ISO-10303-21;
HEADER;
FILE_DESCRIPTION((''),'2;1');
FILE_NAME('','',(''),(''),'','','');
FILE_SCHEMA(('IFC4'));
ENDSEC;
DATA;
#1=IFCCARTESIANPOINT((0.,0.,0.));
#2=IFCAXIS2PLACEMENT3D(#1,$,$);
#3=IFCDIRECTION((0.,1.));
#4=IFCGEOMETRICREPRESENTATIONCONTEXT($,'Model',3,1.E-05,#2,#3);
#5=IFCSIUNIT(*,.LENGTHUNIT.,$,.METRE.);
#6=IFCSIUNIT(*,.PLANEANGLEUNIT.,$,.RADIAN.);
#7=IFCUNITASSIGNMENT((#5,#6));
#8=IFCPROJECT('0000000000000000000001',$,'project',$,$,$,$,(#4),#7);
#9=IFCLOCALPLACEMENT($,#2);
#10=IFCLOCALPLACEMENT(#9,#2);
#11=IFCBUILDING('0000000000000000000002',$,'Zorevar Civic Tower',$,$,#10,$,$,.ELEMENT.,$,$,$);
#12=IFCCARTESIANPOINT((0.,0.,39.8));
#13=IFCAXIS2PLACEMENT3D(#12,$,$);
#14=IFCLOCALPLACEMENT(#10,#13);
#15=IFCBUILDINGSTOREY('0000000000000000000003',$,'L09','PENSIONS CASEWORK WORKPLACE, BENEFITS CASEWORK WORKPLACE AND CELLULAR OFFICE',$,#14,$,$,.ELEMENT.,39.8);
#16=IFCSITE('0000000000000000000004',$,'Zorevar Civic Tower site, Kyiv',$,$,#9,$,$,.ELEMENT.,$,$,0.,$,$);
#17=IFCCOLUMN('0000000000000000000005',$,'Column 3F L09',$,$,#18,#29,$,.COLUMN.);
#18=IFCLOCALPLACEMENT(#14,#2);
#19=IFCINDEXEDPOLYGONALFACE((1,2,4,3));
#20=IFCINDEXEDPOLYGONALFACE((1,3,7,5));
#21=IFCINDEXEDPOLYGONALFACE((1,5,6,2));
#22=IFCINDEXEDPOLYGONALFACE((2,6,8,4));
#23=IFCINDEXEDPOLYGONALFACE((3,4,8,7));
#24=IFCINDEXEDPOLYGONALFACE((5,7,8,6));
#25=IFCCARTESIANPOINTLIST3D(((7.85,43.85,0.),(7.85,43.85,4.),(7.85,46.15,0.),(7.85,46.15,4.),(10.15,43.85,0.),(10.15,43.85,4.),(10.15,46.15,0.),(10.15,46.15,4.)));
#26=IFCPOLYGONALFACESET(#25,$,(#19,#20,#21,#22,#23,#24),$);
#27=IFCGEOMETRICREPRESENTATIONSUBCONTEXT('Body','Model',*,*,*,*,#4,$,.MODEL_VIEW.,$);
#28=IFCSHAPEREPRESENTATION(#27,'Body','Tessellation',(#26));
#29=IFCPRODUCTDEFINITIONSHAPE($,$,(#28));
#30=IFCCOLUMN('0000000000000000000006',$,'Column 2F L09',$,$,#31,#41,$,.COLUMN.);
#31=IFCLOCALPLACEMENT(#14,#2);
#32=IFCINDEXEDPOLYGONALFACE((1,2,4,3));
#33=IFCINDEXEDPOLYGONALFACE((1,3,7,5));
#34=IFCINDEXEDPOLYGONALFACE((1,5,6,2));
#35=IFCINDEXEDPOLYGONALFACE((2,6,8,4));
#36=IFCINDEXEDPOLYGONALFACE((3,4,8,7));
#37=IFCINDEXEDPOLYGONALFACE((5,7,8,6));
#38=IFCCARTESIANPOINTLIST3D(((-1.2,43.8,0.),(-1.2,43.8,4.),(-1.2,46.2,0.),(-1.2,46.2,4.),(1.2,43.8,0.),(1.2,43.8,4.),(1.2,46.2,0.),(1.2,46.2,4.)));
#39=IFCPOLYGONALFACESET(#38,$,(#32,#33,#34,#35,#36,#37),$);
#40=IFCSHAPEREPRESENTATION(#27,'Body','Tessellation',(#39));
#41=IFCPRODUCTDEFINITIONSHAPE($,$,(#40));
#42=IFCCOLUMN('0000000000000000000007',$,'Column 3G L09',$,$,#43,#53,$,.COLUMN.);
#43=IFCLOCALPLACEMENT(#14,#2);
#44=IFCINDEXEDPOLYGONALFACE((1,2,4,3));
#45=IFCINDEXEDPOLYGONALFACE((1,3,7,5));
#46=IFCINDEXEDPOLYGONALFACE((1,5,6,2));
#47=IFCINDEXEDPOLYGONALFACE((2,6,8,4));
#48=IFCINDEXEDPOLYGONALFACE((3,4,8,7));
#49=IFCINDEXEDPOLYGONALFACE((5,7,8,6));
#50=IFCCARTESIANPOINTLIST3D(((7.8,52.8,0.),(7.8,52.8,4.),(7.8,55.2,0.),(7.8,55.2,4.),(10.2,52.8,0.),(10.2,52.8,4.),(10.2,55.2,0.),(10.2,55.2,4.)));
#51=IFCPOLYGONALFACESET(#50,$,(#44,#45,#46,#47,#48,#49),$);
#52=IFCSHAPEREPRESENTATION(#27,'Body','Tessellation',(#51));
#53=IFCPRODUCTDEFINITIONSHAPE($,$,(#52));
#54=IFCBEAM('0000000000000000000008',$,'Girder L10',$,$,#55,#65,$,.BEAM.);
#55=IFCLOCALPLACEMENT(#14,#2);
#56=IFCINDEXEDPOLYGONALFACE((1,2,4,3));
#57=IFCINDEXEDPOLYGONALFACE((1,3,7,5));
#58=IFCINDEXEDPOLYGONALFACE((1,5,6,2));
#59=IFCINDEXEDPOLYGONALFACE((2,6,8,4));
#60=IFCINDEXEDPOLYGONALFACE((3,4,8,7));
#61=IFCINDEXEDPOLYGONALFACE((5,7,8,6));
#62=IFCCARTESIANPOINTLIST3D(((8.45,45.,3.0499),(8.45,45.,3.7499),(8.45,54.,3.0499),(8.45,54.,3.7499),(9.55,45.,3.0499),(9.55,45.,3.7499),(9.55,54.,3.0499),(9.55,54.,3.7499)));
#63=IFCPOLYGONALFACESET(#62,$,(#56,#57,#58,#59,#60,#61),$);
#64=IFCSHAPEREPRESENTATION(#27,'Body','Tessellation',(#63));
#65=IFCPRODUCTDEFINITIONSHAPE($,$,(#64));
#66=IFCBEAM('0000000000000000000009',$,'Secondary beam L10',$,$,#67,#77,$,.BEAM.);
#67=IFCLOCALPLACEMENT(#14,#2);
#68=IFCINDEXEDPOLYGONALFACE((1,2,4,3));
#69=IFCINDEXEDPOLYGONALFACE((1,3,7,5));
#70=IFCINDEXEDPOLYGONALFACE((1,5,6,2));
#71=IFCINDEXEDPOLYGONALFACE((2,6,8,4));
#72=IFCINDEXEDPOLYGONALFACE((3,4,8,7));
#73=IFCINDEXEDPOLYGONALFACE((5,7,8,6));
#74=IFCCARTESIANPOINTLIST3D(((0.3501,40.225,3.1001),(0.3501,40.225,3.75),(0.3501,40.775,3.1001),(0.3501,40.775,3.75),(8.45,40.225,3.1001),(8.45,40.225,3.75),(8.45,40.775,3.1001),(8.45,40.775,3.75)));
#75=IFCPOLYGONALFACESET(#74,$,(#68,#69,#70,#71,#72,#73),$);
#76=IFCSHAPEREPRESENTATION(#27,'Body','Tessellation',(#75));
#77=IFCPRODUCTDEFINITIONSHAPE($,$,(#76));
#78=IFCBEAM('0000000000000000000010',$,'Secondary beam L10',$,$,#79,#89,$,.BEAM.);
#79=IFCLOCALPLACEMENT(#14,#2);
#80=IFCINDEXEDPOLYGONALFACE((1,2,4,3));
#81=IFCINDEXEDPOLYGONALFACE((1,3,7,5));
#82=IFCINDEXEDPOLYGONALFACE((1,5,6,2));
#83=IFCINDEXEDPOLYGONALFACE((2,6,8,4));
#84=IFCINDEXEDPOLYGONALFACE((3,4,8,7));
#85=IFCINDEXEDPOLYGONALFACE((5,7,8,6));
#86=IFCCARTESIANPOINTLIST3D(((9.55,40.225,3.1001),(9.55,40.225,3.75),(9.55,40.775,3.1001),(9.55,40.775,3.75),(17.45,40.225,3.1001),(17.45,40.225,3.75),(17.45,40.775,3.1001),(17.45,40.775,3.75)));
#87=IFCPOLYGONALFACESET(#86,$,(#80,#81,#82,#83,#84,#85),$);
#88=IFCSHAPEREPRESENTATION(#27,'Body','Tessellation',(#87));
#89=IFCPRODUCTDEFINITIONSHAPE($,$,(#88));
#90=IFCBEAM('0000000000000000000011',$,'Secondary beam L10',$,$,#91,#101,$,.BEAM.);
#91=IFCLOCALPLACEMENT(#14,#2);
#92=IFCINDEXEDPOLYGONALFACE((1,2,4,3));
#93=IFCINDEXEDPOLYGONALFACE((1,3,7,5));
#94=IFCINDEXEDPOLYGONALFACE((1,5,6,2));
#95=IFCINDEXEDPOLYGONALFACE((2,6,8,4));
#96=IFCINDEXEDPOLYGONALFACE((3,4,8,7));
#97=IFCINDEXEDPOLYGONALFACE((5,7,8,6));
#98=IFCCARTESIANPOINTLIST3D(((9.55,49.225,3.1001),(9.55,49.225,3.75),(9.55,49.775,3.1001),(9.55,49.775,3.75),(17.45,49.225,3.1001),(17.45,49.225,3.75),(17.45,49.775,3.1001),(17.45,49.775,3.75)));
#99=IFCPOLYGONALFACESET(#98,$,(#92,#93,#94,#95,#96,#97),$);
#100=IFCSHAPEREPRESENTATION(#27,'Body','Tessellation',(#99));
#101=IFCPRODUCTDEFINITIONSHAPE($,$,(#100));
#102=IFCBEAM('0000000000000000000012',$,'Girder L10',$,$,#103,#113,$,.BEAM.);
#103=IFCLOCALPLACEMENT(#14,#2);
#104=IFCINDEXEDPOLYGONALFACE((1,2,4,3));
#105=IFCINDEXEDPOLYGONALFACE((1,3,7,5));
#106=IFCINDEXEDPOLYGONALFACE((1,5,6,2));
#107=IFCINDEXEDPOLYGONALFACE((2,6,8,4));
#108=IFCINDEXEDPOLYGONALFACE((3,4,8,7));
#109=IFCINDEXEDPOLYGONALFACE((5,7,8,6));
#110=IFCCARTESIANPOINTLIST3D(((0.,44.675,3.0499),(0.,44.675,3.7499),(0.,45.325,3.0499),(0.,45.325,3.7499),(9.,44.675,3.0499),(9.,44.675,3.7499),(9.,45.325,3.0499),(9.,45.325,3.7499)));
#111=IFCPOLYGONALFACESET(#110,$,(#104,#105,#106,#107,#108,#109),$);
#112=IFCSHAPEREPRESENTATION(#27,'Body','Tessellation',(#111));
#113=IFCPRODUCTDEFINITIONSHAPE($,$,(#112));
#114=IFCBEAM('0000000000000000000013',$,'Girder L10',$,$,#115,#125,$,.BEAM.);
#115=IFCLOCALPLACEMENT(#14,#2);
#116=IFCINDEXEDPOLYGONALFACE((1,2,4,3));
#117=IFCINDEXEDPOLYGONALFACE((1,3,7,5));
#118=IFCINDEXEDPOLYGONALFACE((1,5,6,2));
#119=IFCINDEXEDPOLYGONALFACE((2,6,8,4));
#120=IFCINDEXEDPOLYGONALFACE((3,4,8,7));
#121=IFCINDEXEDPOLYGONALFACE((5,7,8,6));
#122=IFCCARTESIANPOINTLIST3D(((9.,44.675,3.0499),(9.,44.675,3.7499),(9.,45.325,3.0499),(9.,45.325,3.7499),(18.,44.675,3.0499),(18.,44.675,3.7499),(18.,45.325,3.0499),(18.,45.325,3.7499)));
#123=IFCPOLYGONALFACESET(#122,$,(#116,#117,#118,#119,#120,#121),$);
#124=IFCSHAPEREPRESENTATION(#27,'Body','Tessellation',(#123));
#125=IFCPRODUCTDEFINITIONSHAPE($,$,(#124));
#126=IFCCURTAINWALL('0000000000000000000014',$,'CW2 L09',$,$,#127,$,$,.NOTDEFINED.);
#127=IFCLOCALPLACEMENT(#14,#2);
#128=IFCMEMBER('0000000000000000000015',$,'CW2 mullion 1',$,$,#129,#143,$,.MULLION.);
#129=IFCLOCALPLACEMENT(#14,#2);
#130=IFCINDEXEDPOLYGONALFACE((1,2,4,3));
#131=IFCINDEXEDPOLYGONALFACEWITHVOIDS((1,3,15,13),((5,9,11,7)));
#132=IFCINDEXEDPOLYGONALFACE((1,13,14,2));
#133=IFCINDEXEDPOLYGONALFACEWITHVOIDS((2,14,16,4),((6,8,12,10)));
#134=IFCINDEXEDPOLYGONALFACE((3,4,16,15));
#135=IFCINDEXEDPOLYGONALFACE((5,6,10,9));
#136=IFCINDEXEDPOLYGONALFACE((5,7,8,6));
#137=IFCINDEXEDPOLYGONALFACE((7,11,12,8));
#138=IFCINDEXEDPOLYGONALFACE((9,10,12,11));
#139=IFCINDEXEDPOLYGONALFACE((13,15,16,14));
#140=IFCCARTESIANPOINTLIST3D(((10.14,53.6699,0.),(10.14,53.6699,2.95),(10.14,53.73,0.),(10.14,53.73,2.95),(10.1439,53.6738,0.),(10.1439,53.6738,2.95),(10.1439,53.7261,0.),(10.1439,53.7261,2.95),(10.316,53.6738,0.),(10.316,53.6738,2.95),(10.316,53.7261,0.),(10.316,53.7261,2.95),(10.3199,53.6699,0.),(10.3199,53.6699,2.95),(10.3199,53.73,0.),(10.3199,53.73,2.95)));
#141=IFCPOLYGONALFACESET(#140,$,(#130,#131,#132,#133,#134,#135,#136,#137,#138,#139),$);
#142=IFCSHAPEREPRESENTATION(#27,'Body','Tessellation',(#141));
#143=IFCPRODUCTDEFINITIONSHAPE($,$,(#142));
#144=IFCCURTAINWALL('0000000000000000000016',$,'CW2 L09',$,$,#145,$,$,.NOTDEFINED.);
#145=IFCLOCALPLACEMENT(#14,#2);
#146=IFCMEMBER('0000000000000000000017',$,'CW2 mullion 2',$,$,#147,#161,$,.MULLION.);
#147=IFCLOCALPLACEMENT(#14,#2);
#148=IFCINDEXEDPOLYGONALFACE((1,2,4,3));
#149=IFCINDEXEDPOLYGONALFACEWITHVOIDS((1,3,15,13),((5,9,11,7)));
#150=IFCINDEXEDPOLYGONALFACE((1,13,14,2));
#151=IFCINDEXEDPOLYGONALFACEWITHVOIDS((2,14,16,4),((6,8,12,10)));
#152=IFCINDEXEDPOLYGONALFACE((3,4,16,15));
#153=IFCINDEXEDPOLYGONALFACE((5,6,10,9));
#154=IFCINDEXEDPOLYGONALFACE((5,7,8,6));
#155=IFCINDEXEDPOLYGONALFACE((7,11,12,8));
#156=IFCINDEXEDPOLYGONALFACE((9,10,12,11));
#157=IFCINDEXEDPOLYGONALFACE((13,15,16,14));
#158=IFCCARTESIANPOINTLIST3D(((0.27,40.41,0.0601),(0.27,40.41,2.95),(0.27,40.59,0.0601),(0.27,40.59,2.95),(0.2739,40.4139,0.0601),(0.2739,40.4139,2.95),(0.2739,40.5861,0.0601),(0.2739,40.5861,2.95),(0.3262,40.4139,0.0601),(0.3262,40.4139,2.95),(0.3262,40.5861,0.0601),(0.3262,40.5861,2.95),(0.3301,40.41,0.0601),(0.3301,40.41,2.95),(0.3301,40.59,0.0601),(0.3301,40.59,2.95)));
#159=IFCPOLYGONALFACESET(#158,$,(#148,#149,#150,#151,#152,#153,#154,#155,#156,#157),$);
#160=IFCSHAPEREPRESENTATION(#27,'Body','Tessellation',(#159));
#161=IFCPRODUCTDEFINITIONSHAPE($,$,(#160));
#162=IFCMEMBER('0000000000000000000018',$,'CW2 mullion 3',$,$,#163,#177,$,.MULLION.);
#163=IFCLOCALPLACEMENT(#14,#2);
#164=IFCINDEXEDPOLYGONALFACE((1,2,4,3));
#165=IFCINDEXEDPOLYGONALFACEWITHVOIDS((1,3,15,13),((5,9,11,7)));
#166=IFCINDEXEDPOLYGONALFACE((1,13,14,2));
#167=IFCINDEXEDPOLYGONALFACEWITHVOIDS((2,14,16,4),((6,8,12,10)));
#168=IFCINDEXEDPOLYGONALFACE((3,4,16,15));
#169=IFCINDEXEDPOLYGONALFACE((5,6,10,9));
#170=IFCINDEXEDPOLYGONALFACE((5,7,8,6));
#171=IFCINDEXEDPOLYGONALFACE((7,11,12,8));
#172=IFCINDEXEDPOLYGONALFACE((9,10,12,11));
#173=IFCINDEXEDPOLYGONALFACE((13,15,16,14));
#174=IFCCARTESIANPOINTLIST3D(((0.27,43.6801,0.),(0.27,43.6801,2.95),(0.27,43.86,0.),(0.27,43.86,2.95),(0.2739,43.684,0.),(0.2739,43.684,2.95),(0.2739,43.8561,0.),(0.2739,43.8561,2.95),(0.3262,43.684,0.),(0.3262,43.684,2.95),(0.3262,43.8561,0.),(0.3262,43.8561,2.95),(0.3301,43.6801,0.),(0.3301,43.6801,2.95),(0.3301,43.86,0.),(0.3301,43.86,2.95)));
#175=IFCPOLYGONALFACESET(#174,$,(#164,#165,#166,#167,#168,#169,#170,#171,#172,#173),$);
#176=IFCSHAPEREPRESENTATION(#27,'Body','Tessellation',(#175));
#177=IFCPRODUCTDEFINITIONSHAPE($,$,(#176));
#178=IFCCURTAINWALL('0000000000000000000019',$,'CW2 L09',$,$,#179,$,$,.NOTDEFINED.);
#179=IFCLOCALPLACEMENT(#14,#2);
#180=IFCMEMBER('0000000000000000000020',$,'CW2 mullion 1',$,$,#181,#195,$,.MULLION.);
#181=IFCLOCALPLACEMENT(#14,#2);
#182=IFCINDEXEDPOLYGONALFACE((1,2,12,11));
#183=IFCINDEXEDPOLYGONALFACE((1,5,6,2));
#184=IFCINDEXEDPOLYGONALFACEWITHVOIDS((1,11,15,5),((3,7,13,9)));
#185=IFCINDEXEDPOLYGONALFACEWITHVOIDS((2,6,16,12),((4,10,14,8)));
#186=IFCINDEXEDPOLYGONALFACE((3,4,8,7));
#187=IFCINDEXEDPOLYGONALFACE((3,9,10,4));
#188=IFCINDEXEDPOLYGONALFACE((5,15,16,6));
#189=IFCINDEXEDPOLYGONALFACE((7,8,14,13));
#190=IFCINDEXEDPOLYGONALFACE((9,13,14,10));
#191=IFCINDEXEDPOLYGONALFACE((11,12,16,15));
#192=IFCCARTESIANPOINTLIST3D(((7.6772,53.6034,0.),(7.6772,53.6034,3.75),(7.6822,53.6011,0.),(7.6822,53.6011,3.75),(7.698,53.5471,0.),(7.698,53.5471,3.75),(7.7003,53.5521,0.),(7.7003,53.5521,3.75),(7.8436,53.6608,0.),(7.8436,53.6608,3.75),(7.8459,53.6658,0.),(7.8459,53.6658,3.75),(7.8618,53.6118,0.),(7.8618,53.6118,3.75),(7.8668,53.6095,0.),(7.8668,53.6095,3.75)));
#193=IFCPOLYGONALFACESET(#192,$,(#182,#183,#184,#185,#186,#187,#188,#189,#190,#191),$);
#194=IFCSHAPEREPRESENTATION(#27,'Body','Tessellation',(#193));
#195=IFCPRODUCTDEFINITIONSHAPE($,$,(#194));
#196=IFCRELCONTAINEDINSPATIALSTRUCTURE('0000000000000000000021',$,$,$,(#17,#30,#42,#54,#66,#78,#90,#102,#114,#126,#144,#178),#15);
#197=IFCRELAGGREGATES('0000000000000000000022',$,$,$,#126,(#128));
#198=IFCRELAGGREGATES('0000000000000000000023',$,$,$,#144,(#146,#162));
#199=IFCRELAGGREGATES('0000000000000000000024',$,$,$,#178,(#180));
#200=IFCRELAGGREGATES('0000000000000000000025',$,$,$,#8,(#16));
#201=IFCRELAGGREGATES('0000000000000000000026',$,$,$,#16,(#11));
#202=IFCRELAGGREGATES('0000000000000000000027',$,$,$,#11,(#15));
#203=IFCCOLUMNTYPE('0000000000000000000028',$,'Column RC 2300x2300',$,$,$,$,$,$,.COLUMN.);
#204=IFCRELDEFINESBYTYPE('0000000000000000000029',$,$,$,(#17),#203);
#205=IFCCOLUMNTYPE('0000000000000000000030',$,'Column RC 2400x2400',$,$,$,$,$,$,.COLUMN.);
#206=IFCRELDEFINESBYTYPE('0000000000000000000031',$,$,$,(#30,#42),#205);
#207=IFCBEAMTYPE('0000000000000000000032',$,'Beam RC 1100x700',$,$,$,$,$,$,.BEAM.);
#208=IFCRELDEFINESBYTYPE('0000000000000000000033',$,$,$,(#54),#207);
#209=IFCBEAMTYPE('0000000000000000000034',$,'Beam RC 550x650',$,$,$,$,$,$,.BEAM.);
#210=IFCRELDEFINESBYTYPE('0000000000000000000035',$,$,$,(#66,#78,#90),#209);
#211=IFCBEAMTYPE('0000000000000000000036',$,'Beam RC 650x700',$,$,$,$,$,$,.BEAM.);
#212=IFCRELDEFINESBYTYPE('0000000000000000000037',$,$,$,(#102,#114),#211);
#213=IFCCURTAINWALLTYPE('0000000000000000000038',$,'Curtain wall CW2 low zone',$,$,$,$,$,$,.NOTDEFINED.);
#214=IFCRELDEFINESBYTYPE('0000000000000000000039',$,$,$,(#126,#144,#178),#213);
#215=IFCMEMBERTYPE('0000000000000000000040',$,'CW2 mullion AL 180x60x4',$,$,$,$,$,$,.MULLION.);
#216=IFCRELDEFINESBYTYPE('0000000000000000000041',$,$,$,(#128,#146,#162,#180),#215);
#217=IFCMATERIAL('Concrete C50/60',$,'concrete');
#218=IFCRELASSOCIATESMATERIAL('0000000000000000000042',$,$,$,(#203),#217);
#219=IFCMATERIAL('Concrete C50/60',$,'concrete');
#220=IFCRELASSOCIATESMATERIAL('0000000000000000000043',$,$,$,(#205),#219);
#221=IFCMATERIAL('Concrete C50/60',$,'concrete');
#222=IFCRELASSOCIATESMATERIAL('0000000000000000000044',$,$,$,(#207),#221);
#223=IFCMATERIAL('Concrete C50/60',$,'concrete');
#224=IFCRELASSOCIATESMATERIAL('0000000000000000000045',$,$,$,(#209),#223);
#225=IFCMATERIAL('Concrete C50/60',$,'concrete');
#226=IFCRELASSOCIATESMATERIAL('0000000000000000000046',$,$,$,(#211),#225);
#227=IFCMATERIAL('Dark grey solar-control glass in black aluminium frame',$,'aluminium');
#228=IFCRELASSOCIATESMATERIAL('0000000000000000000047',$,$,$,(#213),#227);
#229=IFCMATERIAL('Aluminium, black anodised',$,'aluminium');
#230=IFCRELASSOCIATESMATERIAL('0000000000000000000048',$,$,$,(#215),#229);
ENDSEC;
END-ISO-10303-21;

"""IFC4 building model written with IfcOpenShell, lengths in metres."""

from ifc_helpers import new_model, si_unit, direction, frame, origin, origin_2d, place, context, subcontext, project, spatial, rectangle, hollow_rectangle, extrude, material, material_profile, profile_set, type_object, element, aggregate, save


model = new_model("IFC4")

# Units and contexts
model_context = context("Model", 3, precision=1e-05, world=origin(), true_north=direction((0.0, 1.0)))
body_context = subcontext(model_context, "Body", "Model", "MODEL_VIEW")
ifc_project = project(units=[si_unit("LENGTHUNIT", "METRE"), si_unit("PLANEANGLEUNIT", "RADIAN")], contexts=[model_context])

# Site, building, storey
site_placement = place(None, origin())
site = spatial("IfcSite", under=ifc_project, at=site_placement, Name="Zorevar Civic Tower site, Kyiv", CompositionType="ELEMENT", RefElevation=0.0)
building_placement = place(site_placement, origin())
building = spatial("IfcBuilding", under=site, at=building_placement, Name="Zorevar Civic Tower", CompositionType="ELEMENT")
storey_placement = place(building_placement, frame((0.0, 0.0, 39.8)))
storey = spatial("IfcBuildingStorey", under=building, at=storey_placement, Name="L09", Description="PENSIONS CASEWORK WORKPLACE, BENEFITS CASEWORK WORKPLACE AND CELLULAR OFFICE", CompositionType="ELEMENT", Elevation=39.8)

# Columns
ifc_material_1 = material(Name="Concrete C50/60", Category="concrete")
ifc_material_profile_1 = material_profile(ifc_material_1, rectangle(XDim=2.3, YDim=2.3, at=origin_2d()), Name="RC 2300x2300")
ifc_profile_set_1 = profile_set([ifc_material_profile_1], Name="Concrete C50/60")
column_type_1 = type_object("IfcColumnType", Name="Column RC 2300x2300", PredefinedType="COLUMN", material=ifc_profile_set_1)
column_placement = place(storey_placement, frame((9.0, 45.0, 0.0), z_axis=(0.0, 0.0, 1.0), x_axis=(1.0, 0.0, 0.0)))
element("IfcColumn", 1, at=column_placement, inside=storey, type_object=column_type_1, Name="Column 3F L09", PredefinedType="COLUMN", context=body_context, shape_type="SweptSolid", body=[
    extrude(rectangle(XDim=2.3, YDim=2.3, at=origin_2d()), origin(), (0.0, 0.0, 1.0), 4.0),
])
ifc_material_2 = material(Name="Concrete C50/60", Category="concrete")
ifc_material_profile_2 = material_profile(ifc_material_2, rectangle(XDim=2.3999, YDim=2.3999, at=origin_2d()), Name="RC 2400x2400")
ifc_profile_set_2 = profile_set([ifc_material_profile_2], Name="Concrete C50/60")
column_type_2 = type_object("IfcColumnType", Name="Column RC 2400x2400", PredefinedType="COLUMN", material=ifc_profile_set_2)
for number, where, z_axis, x_axis, name in (
    (2, (0.0, 45.0, 0.0), (0.0, 0.0, 1.0), (1.0, 0.0, 0.0), "Column 2F L09"),
    (3, (9.0, 54.0, 0.0), (0.0, 0.0, 1.0), (1.0, 0.0, 0.0), "Column 3G L09"),
):
    element("IfcColumn", number, at=place(storey_placement, frame(where, z_axis=z_axis, x_axis=x_axis)), inside=storey, type_object=column_type_2, Name=name, PredefinedType="COLUMN", context=body_context, shape_type="SweptSolid", body=[
        extrude(rectangle(XDim=2.3999, YDim=2.3999, at=origin_2d()), origin(), (0.0, 0.0, 1.0), 4.0),
    ])

# Beams
ifc_material_3 = material(Name="Concrete C50/60", Category="concrete")
ifc_material_profile_3 = material_profile(ifc_material_3, rectangle(XDim=1.1001, YDim=0.7, at=origin_2d()), Name="RC 1100x700")
ifc_profile_set_3 = profile_set([ifc_material_profile_3], Name="Concrete C50/60")
beam_type_1 = type_object("IfcBeamType", Name="Beam RC 1100x700", PredefinedType="BEAM", material=ifc_profile_set_3)
beam_1_placement = place(storey_placement, frame((9.0, 45.0, 3.3999), z_axis=(0.0, 1.0, 0.0), x_axis=(-1.0, 0.0, 0.0)))
element("IfcBeam", 4, at=beam_1_placement, inside=storey, type_object=beam_type_1, Name="Girder L10", PredefinedType="BEAM", context=body_context, shape_type="SweptSolid", body=[
    extrude(rectangle(XDim=1.1001, YDim=0.7, at=origin_2d()), origin(), (0.0, 0.0, 1.0), 9.0),
])
ifc_material_4 = material(Name="Concrete C50/60", Category="concrete")
ifc_material_profile_4 = material_profile(ifc_material_4, rectangle(XDim=0.55, YDim=0.6499, at=origin_2d()), Name="RC 550x650")
ifc_profile_set_4 = profile_set([ifc_material_profile_4], Name="Concrete C50/60")
beam_type_2 = type_object("IfcBeamType", Name="Beam RC 550x650", PredefinedType="BEAM", material=ifc_profile_set_4)
beam_2_placement = place(storey_placement, frame((0.3501, 40.5, 3.425), z_axis=(1.0, 0.0, 0.0), x_axis=(0.0, 1.0, 0.0)))
element("IfcBeam", 5, at=beam_2_placement, inside=storey, type_object=beam_type_2, Name="Secondary beam L10", PredefinedType="BEAM", context=body_context, shape_type="SweptSolid", body=[
    extrude(rectangle(XDim=0.55, YDim=0.6499, at=origin_2d()), origin(), (0.0, 0.0, 1.0), 8.0999),
])
for number, where, z_axis, x_axis, name in (
    (6, (9.55, 40.5, 3.425), (1.0, 0.0, 0.0), (0.0, 1.0, 0.0), "Secondary beam L10"),
    (7, (9.55, 49.5, 3.425), (1.0, 0.0, 0.0), (0.0, 1.0, 0.0), "Secondary beam L10"),
):
    element("IfcBeam", number, at=place(storey_placement, frame(where, z_axis=z_axis, x_axis=x_axis)), inside=storey, type_object=beam_type_2, Name=name, PredefinedType="BEAM", context=body_context, shape_type="SweptSolid", body=[
        extrude(rectangle(XDim=0.55, YDim=0.6499, at=origin_2d()), origin(), (0.0, 0.0, 1.0), 7.8999),
    ])
ifc_material_5 = material(Name="Concrete C50/60", Category="concrete")
ifc_material_profile_5 = material_profile(ifc_material_5, rectangle(XDim=0.6499, YDim=0.7, at=origin_2d()), Name="RC 650x700")
ifc_profile_set_5 = profile_set([ifc_material_profile_5], Name="Concrete C50/60")
beam_type_3 = type_object("IfcBeamType", Name="Beam RC 650x700", PredefinedType="BEAM", material=ifc_profile_set_5)
for number, where, z_axis, x_axis, name in (
    (8, (0.0, 45.0, 3.3999), (1.0, 0.0, 0.0), (0.0, 1.0, 0.0), "Girder L10"),
    (9, (9.0, 45.0, 3.3999), (1.0, 0.0, 0.0), (0.0, 1.0, 0.0), "Girder L10"),
):
    element("IfcBeam", number, at=place(storey_placement, frame(where, z_axis=z_axis, x_axis=x_axis)), inside=storey, type_object=beam_type_3, Name=name, PredefinedType="BEAM", context=body_context, shape_type="SweptSolid", body=[
        extrude(rectangle(XDim=0.6499, YDim=0.7, at=origin_2d()), origin(), (0.0, 0.0, 1.0), 9.0),
    ])

# Curtain wall, member
ifc_material_6 = material(Name="Dark grey solar-control glass in black aluminium frame", Category="aluminium")
curtain_wall_type = type_object("IfcCurtainWallType", Name="Curtain wall CW2 low zone", PredefinedType="NOTDEFINED", material=ifc_material_6)
curtain_wall_1_placement = place(storey_placement, origin())
curtain_wall_1 = element("IfcCurtainWall", 10, at=curtain_wall_1_placement, inside=storey, type_object=curtain_wall_type, Name="CW2 L09", PredefinedType="NOTDEFINED")
ifc_material_7 = material(Name="Aluminium, black anodised", Category="aluminium")
ifc_material_profile_6 = material_profile(ifc_material_7, hollow_rectangle(XDim=0.0601, YDim=0.1799, WallThickness=0.0039, at=origin_2d()), Name="AL 180x60x4")
ifc_profile_set_6 = profile_set([ifc_material_profile_6], Name="Aluminium, black anodised")
member_type_1 = type_object("IfcMemberType", Name="CW2 mullion AL 180x60x4", PredefinedType="MULLION", material=ifc_profile_set_6)
member_1_placement = place(storey_placement, frame((10.23, 53.7, 0.0), z_axis=(0.0, 0.0, 1.0), x_axis=(0.0, 1.0, 0.0)))
member_1 = element("IfcMember", 11, at=member_1_placement, type_object=member_type_1, Name="CW2 mullion 1", PredefinedType="MULLION", context=body_context, shape_type="SweptSolid", body=[
    extrude(hollow_rectangle(XDim=0.0601, YDim=0.1799, WallThickness=0.0039, at=origin_2d()), origin(), (0.0, 0.0, 1.0), 2.95),
])
aggregate(curtain_wall_1, [member_1])

# Curtain walls, members
curtain_wall_2_placement = place(storey_placement, origin())
curtain_wall_2 = element("IfcCurtainWall", 12, at=curtain_wall_2_placement, inside=storey, type_object=curtain_wall_type, Name="CW2 L09", PredefinedType="NOTDEFINED")
member_2_placement = place(storey_placement, frame((0.3, 40.5, 0.0601), z_axis=(0.0, 0.0, 1.0), x_axis=(-1.0, 0.0, 0.0)))
member_2 = element("IfcMember", 13, at=member_2_placement, type_object=member_type_1, Name="CW2 mullion 2", PredefinedType="MULLION", context=body_context, shape_type="SweptSolid", body=[
    extrude(hollow_rectangle(XDim=0.0601, YDim=0.1799, WallThickness=0.0039, at=origin_2d()), origin(), (0.0, 0.0, 1.0), 2.8899),
])
member_3_placement = place(storey_placement, frame((0.3, 43.77, 0.0), z_axis=(0.0, 0.0, 1.0), x_axis=(-1.0, 0.0, 0.0)))
member_3 = element("IfcMember", 14, at=member_3_placement, type_object=member_type_1, Name="CW2 mullion 3", PredefinedType="MULLION", context=body_context, shape_type="SweptSolid", body=[
    extrude(hollow_rectangle(XDim=0.0601, YDim=0.1799, WallThickness=0.0039, at=origin_2d()), origin(), (0.0, 0.0, 1.0), 2.95),
])
curtain_wall_3_placement = place(storey_placement, origin())
curtain_wall_3 = element("IfcCurtainWall", 15, at=curtain_wall_3_placement, inside=storey, type_object=curtain_wall_type, Name="CW2 L09", PredefinedType="NOTDEFINED")
member_4_placement = place(storey_placement, frame((7.772, 53.6064, 0.0), z_axis=(0.0, 0.0, 1.0), x_axis=(0.346704, -0.937975, 0.0)))
member_4 = element("IfcMember", 16, at=member_4_placement, type_object=member_type_1, Name="CW2 mullion 1", PredefinedType="MULLION", context=body_context, shape_type="SweptSolid", body=[
    extrude(hollow_rectangle(XDim=0.0601, YDim=0.1799, WallThickness=0.0039, at=origin_2d()), origin(), (0.0, 0.0, 1.0), 3.75),
])

aggregate(curtain_wall_2, [member_2, member_3])
aggregate(curtain_wall_3, [member_4])

save(model, "model.ifc")
